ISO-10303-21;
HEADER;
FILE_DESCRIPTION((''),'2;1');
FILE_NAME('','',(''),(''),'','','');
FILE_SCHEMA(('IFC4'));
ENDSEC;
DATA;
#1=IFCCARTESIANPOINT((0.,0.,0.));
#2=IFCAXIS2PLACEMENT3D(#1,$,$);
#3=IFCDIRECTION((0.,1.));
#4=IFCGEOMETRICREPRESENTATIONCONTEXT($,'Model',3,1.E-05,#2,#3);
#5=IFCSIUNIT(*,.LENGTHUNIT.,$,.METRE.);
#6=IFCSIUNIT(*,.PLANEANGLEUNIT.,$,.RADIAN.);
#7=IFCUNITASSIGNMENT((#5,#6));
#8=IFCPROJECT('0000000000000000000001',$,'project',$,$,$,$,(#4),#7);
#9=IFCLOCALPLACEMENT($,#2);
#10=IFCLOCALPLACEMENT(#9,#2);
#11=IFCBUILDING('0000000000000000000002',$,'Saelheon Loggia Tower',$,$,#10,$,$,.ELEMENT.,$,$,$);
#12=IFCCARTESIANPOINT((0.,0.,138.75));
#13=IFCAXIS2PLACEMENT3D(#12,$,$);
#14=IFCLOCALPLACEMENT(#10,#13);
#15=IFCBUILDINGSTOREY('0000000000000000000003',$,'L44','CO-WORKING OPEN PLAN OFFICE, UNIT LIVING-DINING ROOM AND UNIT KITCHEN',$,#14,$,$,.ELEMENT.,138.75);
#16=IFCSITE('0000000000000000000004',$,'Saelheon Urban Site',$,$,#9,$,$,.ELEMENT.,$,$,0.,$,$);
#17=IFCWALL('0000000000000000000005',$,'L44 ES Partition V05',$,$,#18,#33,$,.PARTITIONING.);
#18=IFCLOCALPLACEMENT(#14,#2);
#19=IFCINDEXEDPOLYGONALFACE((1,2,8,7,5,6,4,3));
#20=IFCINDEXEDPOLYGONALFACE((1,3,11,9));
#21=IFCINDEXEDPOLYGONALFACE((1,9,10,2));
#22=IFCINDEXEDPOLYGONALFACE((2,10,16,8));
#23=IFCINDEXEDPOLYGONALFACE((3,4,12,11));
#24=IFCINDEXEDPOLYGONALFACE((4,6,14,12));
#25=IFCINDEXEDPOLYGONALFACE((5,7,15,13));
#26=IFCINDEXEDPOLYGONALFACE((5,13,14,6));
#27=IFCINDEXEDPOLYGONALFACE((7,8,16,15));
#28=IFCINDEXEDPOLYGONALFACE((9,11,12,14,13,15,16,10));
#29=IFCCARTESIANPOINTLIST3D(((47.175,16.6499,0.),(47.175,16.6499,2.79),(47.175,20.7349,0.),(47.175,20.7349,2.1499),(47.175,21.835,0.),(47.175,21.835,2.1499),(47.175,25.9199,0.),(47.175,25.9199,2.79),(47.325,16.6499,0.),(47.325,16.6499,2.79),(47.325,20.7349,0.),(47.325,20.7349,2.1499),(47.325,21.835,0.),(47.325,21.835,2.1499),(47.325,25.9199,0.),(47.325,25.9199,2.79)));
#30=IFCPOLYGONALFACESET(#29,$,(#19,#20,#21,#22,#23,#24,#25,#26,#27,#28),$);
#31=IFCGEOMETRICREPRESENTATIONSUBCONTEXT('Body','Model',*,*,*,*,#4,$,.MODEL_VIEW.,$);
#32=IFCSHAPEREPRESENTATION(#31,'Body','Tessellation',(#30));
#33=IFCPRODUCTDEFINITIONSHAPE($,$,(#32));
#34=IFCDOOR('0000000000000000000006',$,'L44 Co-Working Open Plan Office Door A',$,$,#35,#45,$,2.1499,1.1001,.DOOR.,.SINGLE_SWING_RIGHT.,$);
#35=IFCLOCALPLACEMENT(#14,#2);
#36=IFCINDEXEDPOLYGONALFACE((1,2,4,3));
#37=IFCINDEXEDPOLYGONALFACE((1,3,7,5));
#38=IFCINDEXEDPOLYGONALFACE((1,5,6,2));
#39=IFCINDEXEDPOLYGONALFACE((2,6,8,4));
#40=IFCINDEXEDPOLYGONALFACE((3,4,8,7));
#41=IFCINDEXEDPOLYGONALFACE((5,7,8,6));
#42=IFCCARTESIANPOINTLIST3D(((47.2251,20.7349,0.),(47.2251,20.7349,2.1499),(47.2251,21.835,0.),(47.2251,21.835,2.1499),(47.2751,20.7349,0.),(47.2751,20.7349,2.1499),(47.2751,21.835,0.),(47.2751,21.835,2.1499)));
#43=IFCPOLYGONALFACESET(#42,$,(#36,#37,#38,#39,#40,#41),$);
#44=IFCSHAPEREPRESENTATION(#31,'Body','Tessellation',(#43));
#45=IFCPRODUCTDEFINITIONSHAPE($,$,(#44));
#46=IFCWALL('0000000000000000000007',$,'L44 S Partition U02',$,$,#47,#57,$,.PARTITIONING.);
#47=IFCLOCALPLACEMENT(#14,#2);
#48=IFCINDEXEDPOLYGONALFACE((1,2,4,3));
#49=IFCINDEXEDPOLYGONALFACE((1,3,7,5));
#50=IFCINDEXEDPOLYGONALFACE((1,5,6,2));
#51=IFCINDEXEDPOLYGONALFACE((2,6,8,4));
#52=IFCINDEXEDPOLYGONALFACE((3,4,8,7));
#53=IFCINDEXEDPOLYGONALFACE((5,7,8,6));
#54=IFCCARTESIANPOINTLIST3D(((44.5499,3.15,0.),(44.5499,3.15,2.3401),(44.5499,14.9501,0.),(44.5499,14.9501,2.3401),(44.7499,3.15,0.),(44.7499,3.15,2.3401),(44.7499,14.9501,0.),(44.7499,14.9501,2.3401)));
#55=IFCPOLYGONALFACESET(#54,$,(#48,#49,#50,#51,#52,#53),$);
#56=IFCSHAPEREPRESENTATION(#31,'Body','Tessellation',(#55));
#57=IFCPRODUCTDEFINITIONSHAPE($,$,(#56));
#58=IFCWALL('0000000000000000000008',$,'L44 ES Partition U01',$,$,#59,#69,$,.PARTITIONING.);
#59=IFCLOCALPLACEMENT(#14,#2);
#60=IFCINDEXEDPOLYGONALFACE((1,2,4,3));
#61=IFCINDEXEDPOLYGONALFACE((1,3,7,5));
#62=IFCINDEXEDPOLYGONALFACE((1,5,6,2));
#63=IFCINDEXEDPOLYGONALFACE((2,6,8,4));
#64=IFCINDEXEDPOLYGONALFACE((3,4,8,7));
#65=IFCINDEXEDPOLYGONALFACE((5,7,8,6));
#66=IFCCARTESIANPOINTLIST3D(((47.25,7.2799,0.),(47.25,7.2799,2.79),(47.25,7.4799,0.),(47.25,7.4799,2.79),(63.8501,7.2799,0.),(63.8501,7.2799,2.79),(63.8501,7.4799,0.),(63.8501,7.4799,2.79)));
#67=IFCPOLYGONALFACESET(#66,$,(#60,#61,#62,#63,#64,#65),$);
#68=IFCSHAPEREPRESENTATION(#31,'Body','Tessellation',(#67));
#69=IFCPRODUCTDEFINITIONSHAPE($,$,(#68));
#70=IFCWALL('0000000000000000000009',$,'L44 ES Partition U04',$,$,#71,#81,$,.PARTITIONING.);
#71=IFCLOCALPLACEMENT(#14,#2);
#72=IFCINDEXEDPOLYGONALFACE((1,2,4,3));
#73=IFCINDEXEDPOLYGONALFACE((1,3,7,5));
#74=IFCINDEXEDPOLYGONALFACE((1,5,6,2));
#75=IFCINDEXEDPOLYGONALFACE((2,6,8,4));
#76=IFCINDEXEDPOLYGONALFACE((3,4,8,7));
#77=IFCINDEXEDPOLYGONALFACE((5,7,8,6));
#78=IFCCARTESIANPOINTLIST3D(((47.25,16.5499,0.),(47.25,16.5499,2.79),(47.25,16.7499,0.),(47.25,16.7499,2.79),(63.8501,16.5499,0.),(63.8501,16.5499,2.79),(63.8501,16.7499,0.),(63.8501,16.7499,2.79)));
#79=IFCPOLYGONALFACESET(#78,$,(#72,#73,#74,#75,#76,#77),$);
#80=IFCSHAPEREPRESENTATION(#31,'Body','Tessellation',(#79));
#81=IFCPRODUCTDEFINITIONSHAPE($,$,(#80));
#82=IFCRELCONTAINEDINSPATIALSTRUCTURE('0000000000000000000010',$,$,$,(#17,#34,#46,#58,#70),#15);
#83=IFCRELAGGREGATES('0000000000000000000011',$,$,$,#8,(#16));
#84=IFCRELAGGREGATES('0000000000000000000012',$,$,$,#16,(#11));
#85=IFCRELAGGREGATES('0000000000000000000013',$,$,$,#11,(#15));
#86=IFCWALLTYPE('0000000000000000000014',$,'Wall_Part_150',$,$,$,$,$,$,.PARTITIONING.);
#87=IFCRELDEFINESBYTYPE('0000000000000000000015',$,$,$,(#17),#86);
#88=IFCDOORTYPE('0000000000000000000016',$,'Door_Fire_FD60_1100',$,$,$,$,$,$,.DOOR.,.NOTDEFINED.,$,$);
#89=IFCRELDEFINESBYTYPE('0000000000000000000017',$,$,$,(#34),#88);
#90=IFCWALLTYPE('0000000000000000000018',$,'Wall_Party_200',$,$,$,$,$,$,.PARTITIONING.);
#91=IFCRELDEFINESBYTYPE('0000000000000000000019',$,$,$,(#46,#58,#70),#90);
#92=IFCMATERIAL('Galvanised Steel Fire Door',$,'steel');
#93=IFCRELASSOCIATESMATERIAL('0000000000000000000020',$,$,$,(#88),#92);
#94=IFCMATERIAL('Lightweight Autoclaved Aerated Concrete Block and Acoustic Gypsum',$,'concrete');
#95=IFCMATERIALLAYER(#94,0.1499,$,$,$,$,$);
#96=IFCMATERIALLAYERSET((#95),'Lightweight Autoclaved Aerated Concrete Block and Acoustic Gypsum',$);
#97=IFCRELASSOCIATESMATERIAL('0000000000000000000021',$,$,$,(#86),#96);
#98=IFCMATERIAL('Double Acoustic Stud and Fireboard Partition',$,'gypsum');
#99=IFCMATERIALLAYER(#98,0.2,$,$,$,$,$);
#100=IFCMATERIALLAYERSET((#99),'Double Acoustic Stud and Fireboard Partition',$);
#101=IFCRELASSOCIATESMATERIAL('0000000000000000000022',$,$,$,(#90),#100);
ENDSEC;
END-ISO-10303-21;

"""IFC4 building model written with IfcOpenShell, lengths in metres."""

from ifc_helpers import new_model, si_unit, direction, frame, frame_2d, origin, place, context, subcontext, project, spatial, rectangle, extrude, source, transform, mapped, material, layer, layer_set, type_object, element, fill, save


model = new_model("IFC4")

# Units and contexts
model_context = context("Model", 3, precision=1e-05, world=origin(), true_north=direction((0.0, 1.0)))
body_context = subcontext(model_context, "Body", "Model", "MODEL_VIEW")
ifc_project = project(units=[si_unit("LENGTHUNIT", "METRE"), si_unit("PLANEANGLEUNIT", "RADIAN")], contexts=[model_context])

# Site, building, storey
site_placement = place(None, origin())
site = spatial("IfcSite", under=ifc_project, at=site_placement, Name="Saelheon Urban Site", CompositionType="ELEMENT", RefElevation=0.0)
building_placement = place(site_placement, origin())
building = spatial("IfcBuilding", under=site, at=building_placement, Name="Saelheon Loggia Tower", CompositionType="ELEMENT")
storey_placement = place(building_placement, frame((0.0, 0.0, 138.75)))
storey = spatial("IfcBuildingStorey", under=building, at=storey_placement, Name="L44", Description="CO-WORKING OPEN PLAN OFFICE, UNIT LIVING-DINING ROOM AND UNIT KITCHEN", CompositionType="ELEMENT", Elevation=138.75)

# Wall, opening, door
ifc_material_1 = material(Name="Galvanised Steel Fire Door", Category="steel")
door_type = type_object("IfcDoorType", Name="Door_Fire_FD60_1100", OperationType="NOTDEFINED", PredefinedType="DOOR", material=ifc_material_1)
shared_shape_1 = source(origin(), body_context, "Body", "SweptSolid", [
    extrude(rectangle(XDim=1.1001, YDim=2.1499, at=frame_2d((0.55, 1.075))), frame((0.0, 0.0249, 0.0), z_axis=(0.0, -1.0, 0.0), x_axis=(1.0, 0.0, 0.0)), (0.0, 0.0, 1.0), 0.05),
])
ifc_material_2 = material(Name="Lightweight Autoclaved Aerated Concrete Block and Acoustic Gypsum", Category="concrete")
ifc_layer_1 = layer(ifc_material_2, 0.1499)
ifc_layer_set_1 = layer_set([ifc_layer_1], Name="Lightweight Autoclaved Aerated Concrete Block and Acoustic Gypsum")
wall_type_1 = type_object("IfcWallType", Name="Wall_Part_150", PredefinedType="PARTITIONING", material=ifc_layer_set_1)
wall_1_placement = place(storey_placement, frame((47.25, 16.6499, 0.0), z_axis=(0.0, 0.0, 1.0), x_axis=(0.0, 1.0, 0.0)))
wall_1 = element("IfcWall", 1, at=wall_1_placement, inside=storey, type_object=wall_type_1, Name="L44 ES Partition V05", PredefinedType="PARTITIONING", context=body_context, shape_type="SweptSolid", body=[
    extrude(rectangle(XDim=9.27, YDim=0.1499, at=frame_2d((4.635, 0.0))), origin(), (0.0, 0.0, 1.0), 2.79),
])
opening_1_placement = place(wall_1_placement, frame((4.085, 0.0, 0.0)))
opening_1 = element("IfcOpeningElement", 2, at=opening_1_placement, cuts=wall_1, PredefinedType="OPENING", context=body_context, shape_type="SweptSolid", body=[
    extrude(rectangle(XDim=1.1001, YDim=2.1499, at=frame_2d((0.55, 1.075))), frame((0.0, 0.0869, 0.0), z_axis=(0.0, -1.0, 0.0), x_axis=(1.0, 0.0, 0.0)), (0.0, 0.0, 1.0), 0.1738),
])
door_1_placement = place(opening_1_placement, origin())
door_1 = element("IfcDoor", 3, at=door_1_placement, inside=storey, type_object=door_type, Name="L44 Co-Working Open Plan Office Door A", OperationType="SINGLE_SWING_RIGHT", OverallHeight=2.1499, OverallWidth=1.1001, PredefinedType="DOOR", context=body_context, shape_type="MappedRepresentation", body=[
    mapped(shared_shape_1, transform((0.0, 0.0, 0.0), scale=1.0)),
])
fill(opening_1, door_1)

# Walls
ifc_material_3 = material(Name="Double Acoustic Stud and Fireboard Partition", Category="gypsum")
ifc_layer_2 = layer(ifc_material_3, 0.2)
ifc_layer_set_2 = layer_set([ifc_layer_2], Name="Double Acoustic Stud and Fireboard Partition")
wall_type_2 = type_object("IfcWallType", Name="Wall_Party_200", PredefinedType="PARTITIONING", material=ifc_layer_set_2)
wall_2_placement = place(storey_placement, frame((44.6499, 14.95, 0.0), z_axis=(0.0, 0.0, 1.0), x_axis=(0.0, -1.0, 0.0)))
element("IfcWall", 4, at=wall_2_placement, inside=storey, type_object=wall_type_2, Name="L44 S Partition U02", PredefinedType="PARTITIONING", context=body_context, shape_type="SweptSolid", body=[
    extrude(rectangle(XDim=11.8, YDim=0.2, at=frame_2d((5.8999, 0.0))), origin(), (0.0, 0.0, 1.0), 2.3401),
])
for number, where, z_axis, x_axis, name in (
    (5, (47.25, 7.3799, 0.0), (0.0, 0.0, 1.0), (1.0, 0.0, 0.0), "L44 ES Partition U01"),
    (6, (47.25, 16.6499, 0.0), (0.0, 0.0, 1.0), (1.0, 0.0, 0.0), "L44 ES Partition U04"),
):
    element("IfcWall", number, at=place(storey_placement, frame(where, z_axis=z_axis, x_axis=x_axis)), inside=storey, type_object=wall_type_2, Name=name, PredefinedType="PARTITIONING", context=body_context, shape_type="SweptSolid", body=[
        extrude(rectangle(XDim=16.6001, YDim=0.2, at=frame_2d((8.3, 0.0))), origin(), (0.0, 0.0, 1.0), 2.79),
    ])

save(model, "model.ifc")
